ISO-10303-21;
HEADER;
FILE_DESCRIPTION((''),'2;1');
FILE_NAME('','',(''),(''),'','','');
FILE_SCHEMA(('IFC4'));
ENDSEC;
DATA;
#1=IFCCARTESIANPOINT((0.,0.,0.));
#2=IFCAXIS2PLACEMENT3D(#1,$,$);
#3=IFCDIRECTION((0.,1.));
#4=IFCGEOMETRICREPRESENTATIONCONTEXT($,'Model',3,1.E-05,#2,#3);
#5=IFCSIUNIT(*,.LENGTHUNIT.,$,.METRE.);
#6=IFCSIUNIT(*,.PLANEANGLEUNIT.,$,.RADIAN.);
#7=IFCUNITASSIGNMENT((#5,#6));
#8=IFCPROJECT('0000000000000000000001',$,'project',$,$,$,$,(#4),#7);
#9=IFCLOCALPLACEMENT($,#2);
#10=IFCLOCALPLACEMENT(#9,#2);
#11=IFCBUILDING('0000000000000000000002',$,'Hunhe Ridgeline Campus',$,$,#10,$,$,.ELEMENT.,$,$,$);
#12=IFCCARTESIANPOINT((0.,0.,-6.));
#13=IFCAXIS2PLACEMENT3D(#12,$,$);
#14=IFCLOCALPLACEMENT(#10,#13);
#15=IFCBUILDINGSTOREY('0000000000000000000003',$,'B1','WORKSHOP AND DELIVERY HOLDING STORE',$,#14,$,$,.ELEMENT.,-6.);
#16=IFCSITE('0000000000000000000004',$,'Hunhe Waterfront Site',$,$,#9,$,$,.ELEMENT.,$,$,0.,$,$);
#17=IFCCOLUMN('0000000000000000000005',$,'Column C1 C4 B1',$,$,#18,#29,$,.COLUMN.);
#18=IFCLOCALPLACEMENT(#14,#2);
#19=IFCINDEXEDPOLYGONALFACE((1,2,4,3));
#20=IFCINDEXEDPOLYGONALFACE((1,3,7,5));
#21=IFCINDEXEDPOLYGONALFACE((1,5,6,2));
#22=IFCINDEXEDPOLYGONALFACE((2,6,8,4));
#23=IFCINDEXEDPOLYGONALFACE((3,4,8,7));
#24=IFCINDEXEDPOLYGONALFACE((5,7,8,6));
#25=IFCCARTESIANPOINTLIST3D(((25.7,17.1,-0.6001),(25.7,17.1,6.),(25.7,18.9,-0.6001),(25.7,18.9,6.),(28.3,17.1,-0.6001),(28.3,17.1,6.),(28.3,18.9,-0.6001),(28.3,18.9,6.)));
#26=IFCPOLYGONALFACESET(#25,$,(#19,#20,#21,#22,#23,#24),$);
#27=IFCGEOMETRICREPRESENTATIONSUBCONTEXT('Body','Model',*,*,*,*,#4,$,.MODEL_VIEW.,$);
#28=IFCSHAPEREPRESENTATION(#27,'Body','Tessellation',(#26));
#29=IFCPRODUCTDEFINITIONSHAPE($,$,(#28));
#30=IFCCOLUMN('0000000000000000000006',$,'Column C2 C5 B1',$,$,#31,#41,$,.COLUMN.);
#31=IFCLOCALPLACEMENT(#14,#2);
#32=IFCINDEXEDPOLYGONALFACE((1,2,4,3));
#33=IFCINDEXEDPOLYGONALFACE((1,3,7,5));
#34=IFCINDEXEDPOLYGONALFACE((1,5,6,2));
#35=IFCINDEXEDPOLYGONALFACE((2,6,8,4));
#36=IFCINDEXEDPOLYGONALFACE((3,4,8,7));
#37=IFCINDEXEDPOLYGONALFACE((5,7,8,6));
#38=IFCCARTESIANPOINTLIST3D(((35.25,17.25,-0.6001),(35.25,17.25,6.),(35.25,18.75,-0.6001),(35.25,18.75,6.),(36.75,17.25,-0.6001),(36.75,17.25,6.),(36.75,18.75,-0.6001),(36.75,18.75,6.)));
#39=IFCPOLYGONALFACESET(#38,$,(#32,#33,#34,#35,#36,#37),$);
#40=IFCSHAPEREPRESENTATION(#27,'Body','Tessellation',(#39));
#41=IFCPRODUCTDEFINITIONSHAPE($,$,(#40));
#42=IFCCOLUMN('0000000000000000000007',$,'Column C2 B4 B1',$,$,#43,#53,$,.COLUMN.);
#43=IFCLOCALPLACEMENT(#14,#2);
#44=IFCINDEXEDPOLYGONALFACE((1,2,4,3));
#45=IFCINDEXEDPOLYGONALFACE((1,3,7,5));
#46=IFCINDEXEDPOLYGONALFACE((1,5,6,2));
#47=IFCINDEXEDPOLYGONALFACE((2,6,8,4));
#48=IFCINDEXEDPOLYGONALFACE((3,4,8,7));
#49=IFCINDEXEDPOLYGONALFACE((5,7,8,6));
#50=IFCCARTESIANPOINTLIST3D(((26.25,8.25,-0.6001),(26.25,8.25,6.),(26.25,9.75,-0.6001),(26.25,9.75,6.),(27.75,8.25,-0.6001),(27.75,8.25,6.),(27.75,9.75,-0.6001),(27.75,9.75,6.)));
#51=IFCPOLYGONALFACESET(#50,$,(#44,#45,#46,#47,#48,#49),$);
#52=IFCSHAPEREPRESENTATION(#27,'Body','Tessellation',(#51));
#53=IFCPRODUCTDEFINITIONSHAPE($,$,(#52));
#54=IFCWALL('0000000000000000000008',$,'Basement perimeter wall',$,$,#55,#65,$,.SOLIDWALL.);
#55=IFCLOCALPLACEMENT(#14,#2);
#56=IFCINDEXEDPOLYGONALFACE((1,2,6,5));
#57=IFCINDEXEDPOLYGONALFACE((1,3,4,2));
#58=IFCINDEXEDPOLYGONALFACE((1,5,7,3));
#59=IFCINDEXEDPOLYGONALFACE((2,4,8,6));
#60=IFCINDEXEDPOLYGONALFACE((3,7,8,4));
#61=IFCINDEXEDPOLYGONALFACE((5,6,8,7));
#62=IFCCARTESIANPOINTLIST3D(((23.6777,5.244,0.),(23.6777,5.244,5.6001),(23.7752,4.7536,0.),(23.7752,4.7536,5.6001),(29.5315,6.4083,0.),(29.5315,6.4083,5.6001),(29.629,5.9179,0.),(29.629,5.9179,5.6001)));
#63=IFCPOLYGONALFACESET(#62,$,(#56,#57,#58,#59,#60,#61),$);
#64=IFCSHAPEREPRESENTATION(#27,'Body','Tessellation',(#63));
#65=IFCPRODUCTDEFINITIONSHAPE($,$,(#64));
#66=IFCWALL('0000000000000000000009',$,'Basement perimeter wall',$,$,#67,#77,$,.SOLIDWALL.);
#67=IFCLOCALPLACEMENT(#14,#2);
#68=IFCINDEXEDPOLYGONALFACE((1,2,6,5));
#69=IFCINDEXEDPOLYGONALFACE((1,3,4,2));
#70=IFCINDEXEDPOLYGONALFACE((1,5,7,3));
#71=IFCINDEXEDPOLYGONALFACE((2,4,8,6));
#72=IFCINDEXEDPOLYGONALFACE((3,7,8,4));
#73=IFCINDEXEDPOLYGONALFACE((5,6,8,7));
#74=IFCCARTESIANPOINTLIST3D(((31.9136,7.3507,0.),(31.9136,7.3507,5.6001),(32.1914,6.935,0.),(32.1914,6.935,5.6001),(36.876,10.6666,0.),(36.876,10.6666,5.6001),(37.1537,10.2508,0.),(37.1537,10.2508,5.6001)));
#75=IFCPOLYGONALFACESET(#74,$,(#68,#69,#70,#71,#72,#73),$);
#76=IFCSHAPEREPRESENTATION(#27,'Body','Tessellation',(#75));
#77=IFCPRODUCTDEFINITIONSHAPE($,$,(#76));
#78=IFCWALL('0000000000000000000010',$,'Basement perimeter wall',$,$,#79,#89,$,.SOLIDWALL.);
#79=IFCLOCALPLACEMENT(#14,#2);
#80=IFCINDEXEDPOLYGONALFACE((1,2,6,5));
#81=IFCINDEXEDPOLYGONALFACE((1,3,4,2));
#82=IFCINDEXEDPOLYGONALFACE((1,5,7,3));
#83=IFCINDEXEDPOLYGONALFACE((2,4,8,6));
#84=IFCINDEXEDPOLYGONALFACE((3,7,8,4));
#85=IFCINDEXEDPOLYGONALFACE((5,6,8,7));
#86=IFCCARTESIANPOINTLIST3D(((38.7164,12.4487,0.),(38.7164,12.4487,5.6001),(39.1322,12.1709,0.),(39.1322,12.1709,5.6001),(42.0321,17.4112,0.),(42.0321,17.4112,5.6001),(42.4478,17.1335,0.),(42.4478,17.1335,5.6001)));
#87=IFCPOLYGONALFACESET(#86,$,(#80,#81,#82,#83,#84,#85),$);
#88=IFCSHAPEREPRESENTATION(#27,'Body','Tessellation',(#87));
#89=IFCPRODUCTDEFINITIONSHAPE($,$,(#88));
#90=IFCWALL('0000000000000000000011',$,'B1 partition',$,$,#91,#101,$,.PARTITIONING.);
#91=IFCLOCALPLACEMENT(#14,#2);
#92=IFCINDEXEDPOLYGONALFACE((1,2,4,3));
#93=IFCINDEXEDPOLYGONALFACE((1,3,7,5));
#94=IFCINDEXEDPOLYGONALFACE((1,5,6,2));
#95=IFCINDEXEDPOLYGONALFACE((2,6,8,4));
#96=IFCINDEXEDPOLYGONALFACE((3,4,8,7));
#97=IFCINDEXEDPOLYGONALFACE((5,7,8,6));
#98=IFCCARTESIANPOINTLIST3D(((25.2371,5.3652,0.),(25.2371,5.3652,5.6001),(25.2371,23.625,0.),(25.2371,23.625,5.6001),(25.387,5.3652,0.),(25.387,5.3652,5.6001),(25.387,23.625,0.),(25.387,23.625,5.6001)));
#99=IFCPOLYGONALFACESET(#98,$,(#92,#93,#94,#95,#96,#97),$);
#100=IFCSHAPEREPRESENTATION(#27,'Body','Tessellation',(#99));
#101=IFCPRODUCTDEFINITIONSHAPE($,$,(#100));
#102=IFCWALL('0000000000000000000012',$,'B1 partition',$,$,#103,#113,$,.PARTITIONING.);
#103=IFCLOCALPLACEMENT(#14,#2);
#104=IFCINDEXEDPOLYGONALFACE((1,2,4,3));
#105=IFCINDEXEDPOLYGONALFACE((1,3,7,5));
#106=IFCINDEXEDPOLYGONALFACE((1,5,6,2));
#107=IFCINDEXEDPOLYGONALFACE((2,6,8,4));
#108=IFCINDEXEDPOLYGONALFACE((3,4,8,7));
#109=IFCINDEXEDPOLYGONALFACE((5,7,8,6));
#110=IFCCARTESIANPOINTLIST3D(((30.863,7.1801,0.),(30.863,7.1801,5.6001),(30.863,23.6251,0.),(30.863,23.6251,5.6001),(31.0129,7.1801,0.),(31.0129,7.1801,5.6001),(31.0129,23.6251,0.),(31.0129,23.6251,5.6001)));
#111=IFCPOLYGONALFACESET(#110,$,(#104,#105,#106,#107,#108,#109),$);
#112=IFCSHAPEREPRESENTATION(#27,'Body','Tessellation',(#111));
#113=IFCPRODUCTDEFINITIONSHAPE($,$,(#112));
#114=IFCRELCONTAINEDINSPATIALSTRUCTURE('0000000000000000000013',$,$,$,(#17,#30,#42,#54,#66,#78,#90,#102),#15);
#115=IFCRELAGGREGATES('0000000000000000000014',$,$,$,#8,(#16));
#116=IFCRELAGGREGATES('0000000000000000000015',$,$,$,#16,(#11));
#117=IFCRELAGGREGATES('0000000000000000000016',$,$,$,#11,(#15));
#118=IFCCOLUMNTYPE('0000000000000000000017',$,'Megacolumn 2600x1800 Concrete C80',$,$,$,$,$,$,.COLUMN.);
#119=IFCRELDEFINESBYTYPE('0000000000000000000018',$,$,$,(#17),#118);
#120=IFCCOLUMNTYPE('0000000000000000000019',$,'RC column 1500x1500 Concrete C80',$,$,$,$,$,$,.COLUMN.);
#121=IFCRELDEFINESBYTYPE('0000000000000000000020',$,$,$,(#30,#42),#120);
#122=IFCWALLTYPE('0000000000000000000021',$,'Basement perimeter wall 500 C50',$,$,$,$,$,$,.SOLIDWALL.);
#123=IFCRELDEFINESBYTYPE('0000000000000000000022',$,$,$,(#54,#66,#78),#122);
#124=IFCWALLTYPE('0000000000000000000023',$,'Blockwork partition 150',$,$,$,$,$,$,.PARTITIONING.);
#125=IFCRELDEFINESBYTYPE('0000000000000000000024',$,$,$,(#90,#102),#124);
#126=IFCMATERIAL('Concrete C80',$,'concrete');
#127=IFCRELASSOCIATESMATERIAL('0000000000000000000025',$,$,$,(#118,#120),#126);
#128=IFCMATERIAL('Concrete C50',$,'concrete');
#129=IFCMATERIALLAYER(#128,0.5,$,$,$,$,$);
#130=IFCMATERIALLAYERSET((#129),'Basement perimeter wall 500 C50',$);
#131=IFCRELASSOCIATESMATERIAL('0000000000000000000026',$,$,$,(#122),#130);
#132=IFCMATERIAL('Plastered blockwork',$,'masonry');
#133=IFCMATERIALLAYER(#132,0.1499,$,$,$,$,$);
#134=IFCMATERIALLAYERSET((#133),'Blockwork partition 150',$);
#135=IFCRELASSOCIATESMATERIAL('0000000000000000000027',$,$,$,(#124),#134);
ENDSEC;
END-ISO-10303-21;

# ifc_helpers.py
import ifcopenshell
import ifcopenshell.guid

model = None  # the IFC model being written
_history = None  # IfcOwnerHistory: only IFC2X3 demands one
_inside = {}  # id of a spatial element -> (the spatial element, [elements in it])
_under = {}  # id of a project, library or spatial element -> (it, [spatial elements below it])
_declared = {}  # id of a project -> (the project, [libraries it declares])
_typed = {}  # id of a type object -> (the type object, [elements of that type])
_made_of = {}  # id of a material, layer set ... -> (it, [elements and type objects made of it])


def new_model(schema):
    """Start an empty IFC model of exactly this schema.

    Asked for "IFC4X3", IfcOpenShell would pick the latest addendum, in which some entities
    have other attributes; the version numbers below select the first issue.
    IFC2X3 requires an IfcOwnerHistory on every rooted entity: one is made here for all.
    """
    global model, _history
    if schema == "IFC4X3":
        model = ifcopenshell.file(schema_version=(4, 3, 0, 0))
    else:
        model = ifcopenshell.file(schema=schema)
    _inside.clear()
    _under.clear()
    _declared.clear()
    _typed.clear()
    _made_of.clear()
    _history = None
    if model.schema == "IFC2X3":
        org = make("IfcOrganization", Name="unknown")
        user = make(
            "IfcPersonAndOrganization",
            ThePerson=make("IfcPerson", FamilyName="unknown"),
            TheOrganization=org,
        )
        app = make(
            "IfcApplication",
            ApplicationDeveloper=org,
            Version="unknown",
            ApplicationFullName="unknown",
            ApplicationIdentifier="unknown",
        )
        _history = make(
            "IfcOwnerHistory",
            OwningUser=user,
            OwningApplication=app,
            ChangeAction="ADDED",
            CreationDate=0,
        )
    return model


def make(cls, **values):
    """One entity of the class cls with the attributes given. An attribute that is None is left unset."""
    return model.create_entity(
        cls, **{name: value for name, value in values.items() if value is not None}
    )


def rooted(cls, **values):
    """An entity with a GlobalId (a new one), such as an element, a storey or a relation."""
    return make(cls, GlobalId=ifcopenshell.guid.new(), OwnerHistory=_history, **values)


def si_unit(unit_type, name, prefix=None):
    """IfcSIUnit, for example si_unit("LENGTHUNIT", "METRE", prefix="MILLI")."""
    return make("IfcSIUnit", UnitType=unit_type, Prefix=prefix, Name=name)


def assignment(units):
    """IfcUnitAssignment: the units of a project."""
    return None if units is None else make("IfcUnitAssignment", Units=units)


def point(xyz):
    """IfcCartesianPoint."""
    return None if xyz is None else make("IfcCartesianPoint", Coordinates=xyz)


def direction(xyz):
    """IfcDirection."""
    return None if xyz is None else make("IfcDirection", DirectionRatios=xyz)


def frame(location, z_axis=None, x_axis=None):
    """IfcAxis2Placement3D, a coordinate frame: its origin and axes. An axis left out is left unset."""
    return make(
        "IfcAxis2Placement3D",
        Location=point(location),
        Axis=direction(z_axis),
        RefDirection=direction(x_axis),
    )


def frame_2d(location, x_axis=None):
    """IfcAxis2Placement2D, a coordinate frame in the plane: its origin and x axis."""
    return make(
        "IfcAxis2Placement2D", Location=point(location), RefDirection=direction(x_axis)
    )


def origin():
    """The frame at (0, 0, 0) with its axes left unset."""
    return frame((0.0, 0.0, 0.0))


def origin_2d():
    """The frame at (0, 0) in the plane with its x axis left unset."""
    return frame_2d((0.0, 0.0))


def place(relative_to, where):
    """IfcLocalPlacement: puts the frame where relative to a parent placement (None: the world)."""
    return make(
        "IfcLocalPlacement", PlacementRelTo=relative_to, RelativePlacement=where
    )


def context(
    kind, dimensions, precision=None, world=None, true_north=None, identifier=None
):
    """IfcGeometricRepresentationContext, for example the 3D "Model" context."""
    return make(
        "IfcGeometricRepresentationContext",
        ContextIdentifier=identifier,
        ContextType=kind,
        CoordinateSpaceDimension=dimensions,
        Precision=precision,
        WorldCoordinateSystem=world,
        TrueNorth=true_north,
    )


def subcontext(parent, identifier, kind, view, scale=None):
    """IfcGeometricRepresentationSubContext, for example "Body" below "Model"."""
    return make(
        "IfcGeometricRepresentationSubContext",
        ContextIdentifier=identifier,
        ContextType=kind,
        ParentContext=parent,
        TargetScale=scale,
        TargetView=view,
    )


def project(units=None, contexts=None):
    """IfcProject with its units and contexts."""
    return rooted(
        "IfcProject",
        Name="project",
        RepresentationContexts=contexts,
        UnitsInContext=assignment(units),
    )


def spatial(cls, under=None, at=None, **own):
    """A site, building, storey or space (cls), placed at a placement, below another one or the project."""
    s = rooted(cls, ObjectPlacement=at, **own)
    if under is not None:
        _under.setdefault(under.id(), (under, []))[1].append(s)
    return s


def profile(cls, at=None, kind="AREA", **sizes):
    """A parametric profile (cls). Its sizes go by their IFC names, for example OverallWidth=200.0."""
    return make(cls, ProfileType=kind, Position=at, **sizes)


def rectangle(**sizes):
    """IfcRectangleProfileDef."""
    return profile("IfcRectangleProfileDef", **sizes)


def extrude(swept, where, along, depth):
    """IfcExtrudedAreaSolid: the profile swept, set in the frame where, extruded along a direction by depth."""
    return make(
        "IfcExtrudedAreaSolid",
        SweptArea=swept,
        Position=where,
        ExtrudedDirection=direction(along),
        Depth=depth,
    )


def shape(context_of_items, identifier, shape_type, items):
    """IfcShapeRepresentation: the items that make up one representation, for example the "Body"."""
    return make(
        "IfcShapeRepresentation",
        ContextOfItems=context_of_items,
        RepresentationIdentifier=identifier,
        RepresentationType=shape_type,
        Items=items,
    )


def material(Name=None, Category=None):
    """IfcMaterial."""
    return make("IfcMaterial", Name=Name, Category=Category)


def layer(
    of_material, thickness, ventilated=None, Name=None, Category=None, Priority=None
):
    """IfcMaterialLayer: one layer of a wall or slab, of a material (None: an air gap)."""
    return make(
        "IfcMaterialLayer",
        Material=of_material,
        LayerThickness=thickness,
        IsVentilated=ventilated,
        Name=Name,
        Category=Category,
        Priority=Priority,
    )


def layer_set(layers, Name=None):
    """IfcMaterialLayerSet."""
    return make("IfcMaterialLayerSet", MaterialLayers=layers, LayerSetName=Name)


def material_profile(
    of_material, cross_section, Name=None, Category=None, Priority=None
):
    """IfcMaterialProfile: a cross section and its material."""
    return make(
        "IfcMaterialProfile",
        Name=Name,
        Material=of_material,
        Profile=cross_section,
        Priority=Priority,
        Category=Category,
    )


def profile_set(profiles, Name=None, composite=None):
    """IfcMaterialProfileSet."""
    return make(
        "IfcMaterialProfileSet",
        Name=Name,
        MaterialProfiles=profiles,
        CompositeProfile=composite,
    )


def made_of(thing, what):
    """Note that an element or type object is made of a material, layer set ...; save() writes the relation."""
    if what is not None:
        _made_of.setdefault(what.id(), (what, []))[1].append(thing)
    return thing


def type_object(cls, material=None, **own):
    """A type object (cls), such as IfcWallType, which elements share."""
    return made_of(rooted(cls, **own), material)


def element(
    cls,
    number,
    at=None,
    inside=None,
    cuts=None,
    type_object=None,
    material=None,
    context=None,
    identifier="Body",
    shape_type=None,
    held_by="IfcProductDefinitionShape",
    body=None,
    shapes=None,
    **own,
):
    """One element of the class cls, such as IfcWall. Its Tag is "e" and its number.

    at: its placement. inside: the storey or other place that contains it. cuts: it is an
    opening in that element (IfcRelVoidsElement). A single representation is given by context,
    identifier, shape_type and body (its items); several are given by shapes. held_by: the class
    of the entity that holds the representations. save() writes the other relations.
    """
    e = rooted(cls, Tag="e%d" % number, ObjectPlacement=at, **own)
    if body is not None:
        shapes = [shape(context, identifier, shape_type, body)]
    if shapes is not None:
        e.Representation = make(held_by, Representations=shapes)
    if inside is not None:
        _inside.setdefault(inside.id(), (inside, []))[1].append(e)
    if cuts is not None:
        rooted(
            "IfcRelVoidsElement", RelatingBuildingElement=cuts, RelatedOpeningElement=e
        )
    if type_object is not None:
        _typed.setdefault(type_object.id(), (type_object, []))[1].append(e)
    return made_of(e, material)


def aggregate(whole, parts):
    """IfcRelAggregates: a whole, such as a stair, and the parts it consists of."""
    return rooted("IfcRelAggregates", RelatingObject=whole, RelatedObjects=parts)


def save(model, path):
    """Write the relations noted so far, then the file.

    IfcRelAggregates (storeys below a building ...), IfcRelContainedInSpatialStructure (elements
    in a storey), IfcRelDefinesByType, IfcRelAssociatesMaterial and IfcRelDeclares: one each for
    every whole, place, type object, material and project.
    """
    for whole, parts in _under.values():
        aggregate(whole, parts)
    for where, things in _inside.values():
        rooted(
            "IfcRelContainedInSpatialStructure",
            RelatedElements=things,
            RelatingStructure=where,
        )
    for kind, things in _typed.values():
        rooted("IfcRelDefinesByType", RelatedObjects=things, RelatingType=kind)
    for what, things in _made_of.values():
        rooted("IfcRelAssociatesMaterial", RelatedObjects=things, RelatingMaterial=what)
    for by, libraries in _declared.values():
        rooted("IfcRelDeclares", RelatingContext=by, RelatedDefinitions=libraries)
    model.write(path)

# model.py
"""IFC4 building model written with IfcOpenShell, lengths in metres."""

from ifc_helpers import new_model, si_unit, direction, frame, frame_2d, origin, origin_2d, place, context, subcontext, project, spatial, rectangle, extrude, material, layer, layer_set, material_profile, profile_set, type_object, element, save


model = new_model("IFC4")

# Units and contexts
model_context = context("Model", 3, precision=1e-05, world=origin(), true_north=direction((0.0, 1.0)))
body_context = subcontext(model_context, "Body", "Model", "MODEL_VIEW")
ifc_project = project(units=[si_unit("LENGTHUNIT", "METRE"), si_unit("PLANEANGLEUNIT", "RADIAN")], contexts=[model_context])

# Site, building, storey
site_placement = place(None, origin())
site = spatial("IfcSite", under=ifc_project, at=site_placement, Name="Hunhe Waterfront Site", CompositionType="ELEMENT", RefElevation=0.0)
building_placement = place(site_placement, origin())
building = spatial("IfcBuilding", under=site, at=building_placement, Name="Hunhe Ridgeline Campus", CompositionType="ELEMENT")
storey_placement = place(building_placement, frame((0.0, 0.0, -6.0)))
storey = spatial("IfcBuildingStorey", under=building, at=storey_placement, Name="B1", Description="WORKSHOP AND DELIVERY HOLDING STORE", CompositionType="ELEMENT", Elevation=-6.0)

# Columns
ifc_material_1 = material(Name="Concrete C80", Category="concrete")
ifc_material_profile_1 = material_profile(ifc_material_1, rectangle(XDim=2.6001, YDim=1.8, at=origin_2d()))
ifc_profile_set_1 = profile_set([ifc_material_profile_1], Name="Concrete C80")
column_type_1 = type_object("IfcColumnType", Name="Megacolumn 2600x1800 Concrete C80", PredefinedType="COLUMN", material=ifc_profile_set_1)
for number, where, z_axis, x_axis, name in (
    (1, (27.0, 18.0, -0.6001), (0.0, 0.0, 1.0), (1.0, 0.0, 0.0), "Column C1 C4 B1"),
):
    element("IfcColumn", number, at=place(storey_placement, frame(where, z_axis=z_axis, x_axis=x_axis)), inside=storey, type_object=column_type_1, Name=name, PredefinedType="COLUMN", context=body_context, shape_type="SweptSolid", body=[
        extrude(rectangle(XDim=2.6001, YDim=1.8, at=origin_2d()), origin(), (0.0, 0.0, 1.0), 6.6001),
    ])
ifc_material_profile_2 = material_profile(ifc_material_1, rectangle(XDim=1.5, YDim=1.5, at=origin_2d()))
ifc_profile_set_2 = profile_set([ifc_material_profile_2], Name="Concrete C80")
column_type_2 = type_object("IfcColumnType", Name="RC column 1500x1500 Concrete C80", PredefinedType="COLUMN", material=ifc_profile_set_2)
for number, where, z_axis, x_axis, name in (
    (2, (36.0, 18.0, -0.6001), (0.0, 0.0, 1.0), (1.0, 0.0, 0.0), "Column C2 C5 B1"),
    (3, (27.0, 9.0, -0.6001), (0.0, 0.0, 1.0), (1.0, 0.0, 0.0), "Column C2 B4 B1"),
):
    element("IfcColumn", number, at=place(storey_placement, frame(where, z_axis=z_axis, x_axis=x_axis)), inside=storey, type_object=column_type_2, Name=name, PredefinedType="COLUMN", context=body_context, shape_type="SweptSolid", body=[
        extrude(rectangle(XDim=1.5, YDim=1.5, at=origin_2d()), origin(), (0.0, 0.0, 1.0), 6.6001),
    ])

# Walls
ifc_material_2 = material(Name="Concrete C50", Category="concrete")
ifc_layer_1 = layer(ifc_material_2, 0.5)
ifc_layer_set_1 = layer_set([ifc_layer_1], Name="Basement perimeter wall 500 C50")
wall_type_1 = type_object("IfcWallType", Name="Basement perimeter wall 500 C50", PredefinedType="SOLIDWALL", material=ifc_layer_set_1)
wall_1_placement = place(storey_placement, frame((23.7263, 4.9988, 0.0), z_axis=(0.0, 0.0, 1.0), x_axis=(0.980788, 0.195078, 0.0)))
element("IfcWall", 4, at=wall_1_placement, inside=storey, type_object=wall_type_1, Name="Basement perimeter wall", PredefinedType="SOLIDWALL", context=body_context, shape_type="SweptSolid", body=[
    extrude(rectangle(XDim=5.9685, YDim=0.5, at=frame_2d((2.9844, 0.0))), origin(), (0.0, 0.0, 1.0), 5.6001),
])
for number, where, z_axis, x_axis, name in (
    (5, (32.0525, 7.1428, 0.0), (0.0, 0.0, 1.0), (0.831458, 0.555587, 0.0), "Basement perimeter wall"),
    (6, (38.9243, 12.3098, 0.0), (0.0, 0.0, 1.0), (0.55554, 0.83149, 0.0), "Basement perimeter wall"),
):
    element("IfcWall", number, at=place(storey_placement, frame(where, z_axis=z_axis, x_axis=x_axis)), inside=storey, type_object=wall_type_1, Name=name, PredefinedType="SOLIDWALL", context=body_context, shape_type="SweptSolid", body=[
        extrude(rectangle(XDim=5.9683, YDim=0.5, at=frame_2d((2.9841, 0.0))), origin(), (0.0, 0.0, 1.0), 5.6001),
    ])
ifc_material_3 = material(Name="Plastered blockwork", Category="masonry")
ifc_layer_2 = layer(ifc_material_3, 0.1499)
ifc_layer_set_2 = layer_set([ifc_layer_2], Name="Blockwork partition 150")
wall_type_2 = type_object("IfcWallType", Name="Blockwork partition 150", PredefinedType="PARTITIONING", material=ifc_layer_set_2)
wall_2_placement = place(storey_placement, frame((25.312, 5.3652, 0.0), z_axis=(0.0, 0.0, 1.0), x_axis=(0.0, 1.0, 0.0)))
element("IfcWall", 7, at=wall_2_placement, inside=storey, type_object=wall_type_2, Name="B1 partition", PredefinedType="PARTITIONING", context=body_context, shape_type="SweptSolid", body=[
    extrude(rectangle(XDim=18.2598, YDim=0.1499, at=frame_2d((9.1299, 0.0))), origin(), (0.0, 0.0, 1.0), 5.6001),
])
wall_3_placement = place(storey_placement, frame((30.938, 7.1799, 0.0), z_axis=(0.0, 0.0, 1.0), x_axis=(0.0, 1.0, 0.0)))
element("IfcWall", 8, at=wall_3_placement, inside=storey, type_object=wall_type_2, Name="B1 partition", PredefinedType="PARTITIONING", context=body_context, shape_type="SweptSolid", body=[
    extrude(rectangle(XDim=16.4451, YDim=0.1499, at=frame_2d((8.2227, 0.0))), origin(), (0.0, 0.0, 1.0), 5.6001),
])

save(model, "model.ifc")
